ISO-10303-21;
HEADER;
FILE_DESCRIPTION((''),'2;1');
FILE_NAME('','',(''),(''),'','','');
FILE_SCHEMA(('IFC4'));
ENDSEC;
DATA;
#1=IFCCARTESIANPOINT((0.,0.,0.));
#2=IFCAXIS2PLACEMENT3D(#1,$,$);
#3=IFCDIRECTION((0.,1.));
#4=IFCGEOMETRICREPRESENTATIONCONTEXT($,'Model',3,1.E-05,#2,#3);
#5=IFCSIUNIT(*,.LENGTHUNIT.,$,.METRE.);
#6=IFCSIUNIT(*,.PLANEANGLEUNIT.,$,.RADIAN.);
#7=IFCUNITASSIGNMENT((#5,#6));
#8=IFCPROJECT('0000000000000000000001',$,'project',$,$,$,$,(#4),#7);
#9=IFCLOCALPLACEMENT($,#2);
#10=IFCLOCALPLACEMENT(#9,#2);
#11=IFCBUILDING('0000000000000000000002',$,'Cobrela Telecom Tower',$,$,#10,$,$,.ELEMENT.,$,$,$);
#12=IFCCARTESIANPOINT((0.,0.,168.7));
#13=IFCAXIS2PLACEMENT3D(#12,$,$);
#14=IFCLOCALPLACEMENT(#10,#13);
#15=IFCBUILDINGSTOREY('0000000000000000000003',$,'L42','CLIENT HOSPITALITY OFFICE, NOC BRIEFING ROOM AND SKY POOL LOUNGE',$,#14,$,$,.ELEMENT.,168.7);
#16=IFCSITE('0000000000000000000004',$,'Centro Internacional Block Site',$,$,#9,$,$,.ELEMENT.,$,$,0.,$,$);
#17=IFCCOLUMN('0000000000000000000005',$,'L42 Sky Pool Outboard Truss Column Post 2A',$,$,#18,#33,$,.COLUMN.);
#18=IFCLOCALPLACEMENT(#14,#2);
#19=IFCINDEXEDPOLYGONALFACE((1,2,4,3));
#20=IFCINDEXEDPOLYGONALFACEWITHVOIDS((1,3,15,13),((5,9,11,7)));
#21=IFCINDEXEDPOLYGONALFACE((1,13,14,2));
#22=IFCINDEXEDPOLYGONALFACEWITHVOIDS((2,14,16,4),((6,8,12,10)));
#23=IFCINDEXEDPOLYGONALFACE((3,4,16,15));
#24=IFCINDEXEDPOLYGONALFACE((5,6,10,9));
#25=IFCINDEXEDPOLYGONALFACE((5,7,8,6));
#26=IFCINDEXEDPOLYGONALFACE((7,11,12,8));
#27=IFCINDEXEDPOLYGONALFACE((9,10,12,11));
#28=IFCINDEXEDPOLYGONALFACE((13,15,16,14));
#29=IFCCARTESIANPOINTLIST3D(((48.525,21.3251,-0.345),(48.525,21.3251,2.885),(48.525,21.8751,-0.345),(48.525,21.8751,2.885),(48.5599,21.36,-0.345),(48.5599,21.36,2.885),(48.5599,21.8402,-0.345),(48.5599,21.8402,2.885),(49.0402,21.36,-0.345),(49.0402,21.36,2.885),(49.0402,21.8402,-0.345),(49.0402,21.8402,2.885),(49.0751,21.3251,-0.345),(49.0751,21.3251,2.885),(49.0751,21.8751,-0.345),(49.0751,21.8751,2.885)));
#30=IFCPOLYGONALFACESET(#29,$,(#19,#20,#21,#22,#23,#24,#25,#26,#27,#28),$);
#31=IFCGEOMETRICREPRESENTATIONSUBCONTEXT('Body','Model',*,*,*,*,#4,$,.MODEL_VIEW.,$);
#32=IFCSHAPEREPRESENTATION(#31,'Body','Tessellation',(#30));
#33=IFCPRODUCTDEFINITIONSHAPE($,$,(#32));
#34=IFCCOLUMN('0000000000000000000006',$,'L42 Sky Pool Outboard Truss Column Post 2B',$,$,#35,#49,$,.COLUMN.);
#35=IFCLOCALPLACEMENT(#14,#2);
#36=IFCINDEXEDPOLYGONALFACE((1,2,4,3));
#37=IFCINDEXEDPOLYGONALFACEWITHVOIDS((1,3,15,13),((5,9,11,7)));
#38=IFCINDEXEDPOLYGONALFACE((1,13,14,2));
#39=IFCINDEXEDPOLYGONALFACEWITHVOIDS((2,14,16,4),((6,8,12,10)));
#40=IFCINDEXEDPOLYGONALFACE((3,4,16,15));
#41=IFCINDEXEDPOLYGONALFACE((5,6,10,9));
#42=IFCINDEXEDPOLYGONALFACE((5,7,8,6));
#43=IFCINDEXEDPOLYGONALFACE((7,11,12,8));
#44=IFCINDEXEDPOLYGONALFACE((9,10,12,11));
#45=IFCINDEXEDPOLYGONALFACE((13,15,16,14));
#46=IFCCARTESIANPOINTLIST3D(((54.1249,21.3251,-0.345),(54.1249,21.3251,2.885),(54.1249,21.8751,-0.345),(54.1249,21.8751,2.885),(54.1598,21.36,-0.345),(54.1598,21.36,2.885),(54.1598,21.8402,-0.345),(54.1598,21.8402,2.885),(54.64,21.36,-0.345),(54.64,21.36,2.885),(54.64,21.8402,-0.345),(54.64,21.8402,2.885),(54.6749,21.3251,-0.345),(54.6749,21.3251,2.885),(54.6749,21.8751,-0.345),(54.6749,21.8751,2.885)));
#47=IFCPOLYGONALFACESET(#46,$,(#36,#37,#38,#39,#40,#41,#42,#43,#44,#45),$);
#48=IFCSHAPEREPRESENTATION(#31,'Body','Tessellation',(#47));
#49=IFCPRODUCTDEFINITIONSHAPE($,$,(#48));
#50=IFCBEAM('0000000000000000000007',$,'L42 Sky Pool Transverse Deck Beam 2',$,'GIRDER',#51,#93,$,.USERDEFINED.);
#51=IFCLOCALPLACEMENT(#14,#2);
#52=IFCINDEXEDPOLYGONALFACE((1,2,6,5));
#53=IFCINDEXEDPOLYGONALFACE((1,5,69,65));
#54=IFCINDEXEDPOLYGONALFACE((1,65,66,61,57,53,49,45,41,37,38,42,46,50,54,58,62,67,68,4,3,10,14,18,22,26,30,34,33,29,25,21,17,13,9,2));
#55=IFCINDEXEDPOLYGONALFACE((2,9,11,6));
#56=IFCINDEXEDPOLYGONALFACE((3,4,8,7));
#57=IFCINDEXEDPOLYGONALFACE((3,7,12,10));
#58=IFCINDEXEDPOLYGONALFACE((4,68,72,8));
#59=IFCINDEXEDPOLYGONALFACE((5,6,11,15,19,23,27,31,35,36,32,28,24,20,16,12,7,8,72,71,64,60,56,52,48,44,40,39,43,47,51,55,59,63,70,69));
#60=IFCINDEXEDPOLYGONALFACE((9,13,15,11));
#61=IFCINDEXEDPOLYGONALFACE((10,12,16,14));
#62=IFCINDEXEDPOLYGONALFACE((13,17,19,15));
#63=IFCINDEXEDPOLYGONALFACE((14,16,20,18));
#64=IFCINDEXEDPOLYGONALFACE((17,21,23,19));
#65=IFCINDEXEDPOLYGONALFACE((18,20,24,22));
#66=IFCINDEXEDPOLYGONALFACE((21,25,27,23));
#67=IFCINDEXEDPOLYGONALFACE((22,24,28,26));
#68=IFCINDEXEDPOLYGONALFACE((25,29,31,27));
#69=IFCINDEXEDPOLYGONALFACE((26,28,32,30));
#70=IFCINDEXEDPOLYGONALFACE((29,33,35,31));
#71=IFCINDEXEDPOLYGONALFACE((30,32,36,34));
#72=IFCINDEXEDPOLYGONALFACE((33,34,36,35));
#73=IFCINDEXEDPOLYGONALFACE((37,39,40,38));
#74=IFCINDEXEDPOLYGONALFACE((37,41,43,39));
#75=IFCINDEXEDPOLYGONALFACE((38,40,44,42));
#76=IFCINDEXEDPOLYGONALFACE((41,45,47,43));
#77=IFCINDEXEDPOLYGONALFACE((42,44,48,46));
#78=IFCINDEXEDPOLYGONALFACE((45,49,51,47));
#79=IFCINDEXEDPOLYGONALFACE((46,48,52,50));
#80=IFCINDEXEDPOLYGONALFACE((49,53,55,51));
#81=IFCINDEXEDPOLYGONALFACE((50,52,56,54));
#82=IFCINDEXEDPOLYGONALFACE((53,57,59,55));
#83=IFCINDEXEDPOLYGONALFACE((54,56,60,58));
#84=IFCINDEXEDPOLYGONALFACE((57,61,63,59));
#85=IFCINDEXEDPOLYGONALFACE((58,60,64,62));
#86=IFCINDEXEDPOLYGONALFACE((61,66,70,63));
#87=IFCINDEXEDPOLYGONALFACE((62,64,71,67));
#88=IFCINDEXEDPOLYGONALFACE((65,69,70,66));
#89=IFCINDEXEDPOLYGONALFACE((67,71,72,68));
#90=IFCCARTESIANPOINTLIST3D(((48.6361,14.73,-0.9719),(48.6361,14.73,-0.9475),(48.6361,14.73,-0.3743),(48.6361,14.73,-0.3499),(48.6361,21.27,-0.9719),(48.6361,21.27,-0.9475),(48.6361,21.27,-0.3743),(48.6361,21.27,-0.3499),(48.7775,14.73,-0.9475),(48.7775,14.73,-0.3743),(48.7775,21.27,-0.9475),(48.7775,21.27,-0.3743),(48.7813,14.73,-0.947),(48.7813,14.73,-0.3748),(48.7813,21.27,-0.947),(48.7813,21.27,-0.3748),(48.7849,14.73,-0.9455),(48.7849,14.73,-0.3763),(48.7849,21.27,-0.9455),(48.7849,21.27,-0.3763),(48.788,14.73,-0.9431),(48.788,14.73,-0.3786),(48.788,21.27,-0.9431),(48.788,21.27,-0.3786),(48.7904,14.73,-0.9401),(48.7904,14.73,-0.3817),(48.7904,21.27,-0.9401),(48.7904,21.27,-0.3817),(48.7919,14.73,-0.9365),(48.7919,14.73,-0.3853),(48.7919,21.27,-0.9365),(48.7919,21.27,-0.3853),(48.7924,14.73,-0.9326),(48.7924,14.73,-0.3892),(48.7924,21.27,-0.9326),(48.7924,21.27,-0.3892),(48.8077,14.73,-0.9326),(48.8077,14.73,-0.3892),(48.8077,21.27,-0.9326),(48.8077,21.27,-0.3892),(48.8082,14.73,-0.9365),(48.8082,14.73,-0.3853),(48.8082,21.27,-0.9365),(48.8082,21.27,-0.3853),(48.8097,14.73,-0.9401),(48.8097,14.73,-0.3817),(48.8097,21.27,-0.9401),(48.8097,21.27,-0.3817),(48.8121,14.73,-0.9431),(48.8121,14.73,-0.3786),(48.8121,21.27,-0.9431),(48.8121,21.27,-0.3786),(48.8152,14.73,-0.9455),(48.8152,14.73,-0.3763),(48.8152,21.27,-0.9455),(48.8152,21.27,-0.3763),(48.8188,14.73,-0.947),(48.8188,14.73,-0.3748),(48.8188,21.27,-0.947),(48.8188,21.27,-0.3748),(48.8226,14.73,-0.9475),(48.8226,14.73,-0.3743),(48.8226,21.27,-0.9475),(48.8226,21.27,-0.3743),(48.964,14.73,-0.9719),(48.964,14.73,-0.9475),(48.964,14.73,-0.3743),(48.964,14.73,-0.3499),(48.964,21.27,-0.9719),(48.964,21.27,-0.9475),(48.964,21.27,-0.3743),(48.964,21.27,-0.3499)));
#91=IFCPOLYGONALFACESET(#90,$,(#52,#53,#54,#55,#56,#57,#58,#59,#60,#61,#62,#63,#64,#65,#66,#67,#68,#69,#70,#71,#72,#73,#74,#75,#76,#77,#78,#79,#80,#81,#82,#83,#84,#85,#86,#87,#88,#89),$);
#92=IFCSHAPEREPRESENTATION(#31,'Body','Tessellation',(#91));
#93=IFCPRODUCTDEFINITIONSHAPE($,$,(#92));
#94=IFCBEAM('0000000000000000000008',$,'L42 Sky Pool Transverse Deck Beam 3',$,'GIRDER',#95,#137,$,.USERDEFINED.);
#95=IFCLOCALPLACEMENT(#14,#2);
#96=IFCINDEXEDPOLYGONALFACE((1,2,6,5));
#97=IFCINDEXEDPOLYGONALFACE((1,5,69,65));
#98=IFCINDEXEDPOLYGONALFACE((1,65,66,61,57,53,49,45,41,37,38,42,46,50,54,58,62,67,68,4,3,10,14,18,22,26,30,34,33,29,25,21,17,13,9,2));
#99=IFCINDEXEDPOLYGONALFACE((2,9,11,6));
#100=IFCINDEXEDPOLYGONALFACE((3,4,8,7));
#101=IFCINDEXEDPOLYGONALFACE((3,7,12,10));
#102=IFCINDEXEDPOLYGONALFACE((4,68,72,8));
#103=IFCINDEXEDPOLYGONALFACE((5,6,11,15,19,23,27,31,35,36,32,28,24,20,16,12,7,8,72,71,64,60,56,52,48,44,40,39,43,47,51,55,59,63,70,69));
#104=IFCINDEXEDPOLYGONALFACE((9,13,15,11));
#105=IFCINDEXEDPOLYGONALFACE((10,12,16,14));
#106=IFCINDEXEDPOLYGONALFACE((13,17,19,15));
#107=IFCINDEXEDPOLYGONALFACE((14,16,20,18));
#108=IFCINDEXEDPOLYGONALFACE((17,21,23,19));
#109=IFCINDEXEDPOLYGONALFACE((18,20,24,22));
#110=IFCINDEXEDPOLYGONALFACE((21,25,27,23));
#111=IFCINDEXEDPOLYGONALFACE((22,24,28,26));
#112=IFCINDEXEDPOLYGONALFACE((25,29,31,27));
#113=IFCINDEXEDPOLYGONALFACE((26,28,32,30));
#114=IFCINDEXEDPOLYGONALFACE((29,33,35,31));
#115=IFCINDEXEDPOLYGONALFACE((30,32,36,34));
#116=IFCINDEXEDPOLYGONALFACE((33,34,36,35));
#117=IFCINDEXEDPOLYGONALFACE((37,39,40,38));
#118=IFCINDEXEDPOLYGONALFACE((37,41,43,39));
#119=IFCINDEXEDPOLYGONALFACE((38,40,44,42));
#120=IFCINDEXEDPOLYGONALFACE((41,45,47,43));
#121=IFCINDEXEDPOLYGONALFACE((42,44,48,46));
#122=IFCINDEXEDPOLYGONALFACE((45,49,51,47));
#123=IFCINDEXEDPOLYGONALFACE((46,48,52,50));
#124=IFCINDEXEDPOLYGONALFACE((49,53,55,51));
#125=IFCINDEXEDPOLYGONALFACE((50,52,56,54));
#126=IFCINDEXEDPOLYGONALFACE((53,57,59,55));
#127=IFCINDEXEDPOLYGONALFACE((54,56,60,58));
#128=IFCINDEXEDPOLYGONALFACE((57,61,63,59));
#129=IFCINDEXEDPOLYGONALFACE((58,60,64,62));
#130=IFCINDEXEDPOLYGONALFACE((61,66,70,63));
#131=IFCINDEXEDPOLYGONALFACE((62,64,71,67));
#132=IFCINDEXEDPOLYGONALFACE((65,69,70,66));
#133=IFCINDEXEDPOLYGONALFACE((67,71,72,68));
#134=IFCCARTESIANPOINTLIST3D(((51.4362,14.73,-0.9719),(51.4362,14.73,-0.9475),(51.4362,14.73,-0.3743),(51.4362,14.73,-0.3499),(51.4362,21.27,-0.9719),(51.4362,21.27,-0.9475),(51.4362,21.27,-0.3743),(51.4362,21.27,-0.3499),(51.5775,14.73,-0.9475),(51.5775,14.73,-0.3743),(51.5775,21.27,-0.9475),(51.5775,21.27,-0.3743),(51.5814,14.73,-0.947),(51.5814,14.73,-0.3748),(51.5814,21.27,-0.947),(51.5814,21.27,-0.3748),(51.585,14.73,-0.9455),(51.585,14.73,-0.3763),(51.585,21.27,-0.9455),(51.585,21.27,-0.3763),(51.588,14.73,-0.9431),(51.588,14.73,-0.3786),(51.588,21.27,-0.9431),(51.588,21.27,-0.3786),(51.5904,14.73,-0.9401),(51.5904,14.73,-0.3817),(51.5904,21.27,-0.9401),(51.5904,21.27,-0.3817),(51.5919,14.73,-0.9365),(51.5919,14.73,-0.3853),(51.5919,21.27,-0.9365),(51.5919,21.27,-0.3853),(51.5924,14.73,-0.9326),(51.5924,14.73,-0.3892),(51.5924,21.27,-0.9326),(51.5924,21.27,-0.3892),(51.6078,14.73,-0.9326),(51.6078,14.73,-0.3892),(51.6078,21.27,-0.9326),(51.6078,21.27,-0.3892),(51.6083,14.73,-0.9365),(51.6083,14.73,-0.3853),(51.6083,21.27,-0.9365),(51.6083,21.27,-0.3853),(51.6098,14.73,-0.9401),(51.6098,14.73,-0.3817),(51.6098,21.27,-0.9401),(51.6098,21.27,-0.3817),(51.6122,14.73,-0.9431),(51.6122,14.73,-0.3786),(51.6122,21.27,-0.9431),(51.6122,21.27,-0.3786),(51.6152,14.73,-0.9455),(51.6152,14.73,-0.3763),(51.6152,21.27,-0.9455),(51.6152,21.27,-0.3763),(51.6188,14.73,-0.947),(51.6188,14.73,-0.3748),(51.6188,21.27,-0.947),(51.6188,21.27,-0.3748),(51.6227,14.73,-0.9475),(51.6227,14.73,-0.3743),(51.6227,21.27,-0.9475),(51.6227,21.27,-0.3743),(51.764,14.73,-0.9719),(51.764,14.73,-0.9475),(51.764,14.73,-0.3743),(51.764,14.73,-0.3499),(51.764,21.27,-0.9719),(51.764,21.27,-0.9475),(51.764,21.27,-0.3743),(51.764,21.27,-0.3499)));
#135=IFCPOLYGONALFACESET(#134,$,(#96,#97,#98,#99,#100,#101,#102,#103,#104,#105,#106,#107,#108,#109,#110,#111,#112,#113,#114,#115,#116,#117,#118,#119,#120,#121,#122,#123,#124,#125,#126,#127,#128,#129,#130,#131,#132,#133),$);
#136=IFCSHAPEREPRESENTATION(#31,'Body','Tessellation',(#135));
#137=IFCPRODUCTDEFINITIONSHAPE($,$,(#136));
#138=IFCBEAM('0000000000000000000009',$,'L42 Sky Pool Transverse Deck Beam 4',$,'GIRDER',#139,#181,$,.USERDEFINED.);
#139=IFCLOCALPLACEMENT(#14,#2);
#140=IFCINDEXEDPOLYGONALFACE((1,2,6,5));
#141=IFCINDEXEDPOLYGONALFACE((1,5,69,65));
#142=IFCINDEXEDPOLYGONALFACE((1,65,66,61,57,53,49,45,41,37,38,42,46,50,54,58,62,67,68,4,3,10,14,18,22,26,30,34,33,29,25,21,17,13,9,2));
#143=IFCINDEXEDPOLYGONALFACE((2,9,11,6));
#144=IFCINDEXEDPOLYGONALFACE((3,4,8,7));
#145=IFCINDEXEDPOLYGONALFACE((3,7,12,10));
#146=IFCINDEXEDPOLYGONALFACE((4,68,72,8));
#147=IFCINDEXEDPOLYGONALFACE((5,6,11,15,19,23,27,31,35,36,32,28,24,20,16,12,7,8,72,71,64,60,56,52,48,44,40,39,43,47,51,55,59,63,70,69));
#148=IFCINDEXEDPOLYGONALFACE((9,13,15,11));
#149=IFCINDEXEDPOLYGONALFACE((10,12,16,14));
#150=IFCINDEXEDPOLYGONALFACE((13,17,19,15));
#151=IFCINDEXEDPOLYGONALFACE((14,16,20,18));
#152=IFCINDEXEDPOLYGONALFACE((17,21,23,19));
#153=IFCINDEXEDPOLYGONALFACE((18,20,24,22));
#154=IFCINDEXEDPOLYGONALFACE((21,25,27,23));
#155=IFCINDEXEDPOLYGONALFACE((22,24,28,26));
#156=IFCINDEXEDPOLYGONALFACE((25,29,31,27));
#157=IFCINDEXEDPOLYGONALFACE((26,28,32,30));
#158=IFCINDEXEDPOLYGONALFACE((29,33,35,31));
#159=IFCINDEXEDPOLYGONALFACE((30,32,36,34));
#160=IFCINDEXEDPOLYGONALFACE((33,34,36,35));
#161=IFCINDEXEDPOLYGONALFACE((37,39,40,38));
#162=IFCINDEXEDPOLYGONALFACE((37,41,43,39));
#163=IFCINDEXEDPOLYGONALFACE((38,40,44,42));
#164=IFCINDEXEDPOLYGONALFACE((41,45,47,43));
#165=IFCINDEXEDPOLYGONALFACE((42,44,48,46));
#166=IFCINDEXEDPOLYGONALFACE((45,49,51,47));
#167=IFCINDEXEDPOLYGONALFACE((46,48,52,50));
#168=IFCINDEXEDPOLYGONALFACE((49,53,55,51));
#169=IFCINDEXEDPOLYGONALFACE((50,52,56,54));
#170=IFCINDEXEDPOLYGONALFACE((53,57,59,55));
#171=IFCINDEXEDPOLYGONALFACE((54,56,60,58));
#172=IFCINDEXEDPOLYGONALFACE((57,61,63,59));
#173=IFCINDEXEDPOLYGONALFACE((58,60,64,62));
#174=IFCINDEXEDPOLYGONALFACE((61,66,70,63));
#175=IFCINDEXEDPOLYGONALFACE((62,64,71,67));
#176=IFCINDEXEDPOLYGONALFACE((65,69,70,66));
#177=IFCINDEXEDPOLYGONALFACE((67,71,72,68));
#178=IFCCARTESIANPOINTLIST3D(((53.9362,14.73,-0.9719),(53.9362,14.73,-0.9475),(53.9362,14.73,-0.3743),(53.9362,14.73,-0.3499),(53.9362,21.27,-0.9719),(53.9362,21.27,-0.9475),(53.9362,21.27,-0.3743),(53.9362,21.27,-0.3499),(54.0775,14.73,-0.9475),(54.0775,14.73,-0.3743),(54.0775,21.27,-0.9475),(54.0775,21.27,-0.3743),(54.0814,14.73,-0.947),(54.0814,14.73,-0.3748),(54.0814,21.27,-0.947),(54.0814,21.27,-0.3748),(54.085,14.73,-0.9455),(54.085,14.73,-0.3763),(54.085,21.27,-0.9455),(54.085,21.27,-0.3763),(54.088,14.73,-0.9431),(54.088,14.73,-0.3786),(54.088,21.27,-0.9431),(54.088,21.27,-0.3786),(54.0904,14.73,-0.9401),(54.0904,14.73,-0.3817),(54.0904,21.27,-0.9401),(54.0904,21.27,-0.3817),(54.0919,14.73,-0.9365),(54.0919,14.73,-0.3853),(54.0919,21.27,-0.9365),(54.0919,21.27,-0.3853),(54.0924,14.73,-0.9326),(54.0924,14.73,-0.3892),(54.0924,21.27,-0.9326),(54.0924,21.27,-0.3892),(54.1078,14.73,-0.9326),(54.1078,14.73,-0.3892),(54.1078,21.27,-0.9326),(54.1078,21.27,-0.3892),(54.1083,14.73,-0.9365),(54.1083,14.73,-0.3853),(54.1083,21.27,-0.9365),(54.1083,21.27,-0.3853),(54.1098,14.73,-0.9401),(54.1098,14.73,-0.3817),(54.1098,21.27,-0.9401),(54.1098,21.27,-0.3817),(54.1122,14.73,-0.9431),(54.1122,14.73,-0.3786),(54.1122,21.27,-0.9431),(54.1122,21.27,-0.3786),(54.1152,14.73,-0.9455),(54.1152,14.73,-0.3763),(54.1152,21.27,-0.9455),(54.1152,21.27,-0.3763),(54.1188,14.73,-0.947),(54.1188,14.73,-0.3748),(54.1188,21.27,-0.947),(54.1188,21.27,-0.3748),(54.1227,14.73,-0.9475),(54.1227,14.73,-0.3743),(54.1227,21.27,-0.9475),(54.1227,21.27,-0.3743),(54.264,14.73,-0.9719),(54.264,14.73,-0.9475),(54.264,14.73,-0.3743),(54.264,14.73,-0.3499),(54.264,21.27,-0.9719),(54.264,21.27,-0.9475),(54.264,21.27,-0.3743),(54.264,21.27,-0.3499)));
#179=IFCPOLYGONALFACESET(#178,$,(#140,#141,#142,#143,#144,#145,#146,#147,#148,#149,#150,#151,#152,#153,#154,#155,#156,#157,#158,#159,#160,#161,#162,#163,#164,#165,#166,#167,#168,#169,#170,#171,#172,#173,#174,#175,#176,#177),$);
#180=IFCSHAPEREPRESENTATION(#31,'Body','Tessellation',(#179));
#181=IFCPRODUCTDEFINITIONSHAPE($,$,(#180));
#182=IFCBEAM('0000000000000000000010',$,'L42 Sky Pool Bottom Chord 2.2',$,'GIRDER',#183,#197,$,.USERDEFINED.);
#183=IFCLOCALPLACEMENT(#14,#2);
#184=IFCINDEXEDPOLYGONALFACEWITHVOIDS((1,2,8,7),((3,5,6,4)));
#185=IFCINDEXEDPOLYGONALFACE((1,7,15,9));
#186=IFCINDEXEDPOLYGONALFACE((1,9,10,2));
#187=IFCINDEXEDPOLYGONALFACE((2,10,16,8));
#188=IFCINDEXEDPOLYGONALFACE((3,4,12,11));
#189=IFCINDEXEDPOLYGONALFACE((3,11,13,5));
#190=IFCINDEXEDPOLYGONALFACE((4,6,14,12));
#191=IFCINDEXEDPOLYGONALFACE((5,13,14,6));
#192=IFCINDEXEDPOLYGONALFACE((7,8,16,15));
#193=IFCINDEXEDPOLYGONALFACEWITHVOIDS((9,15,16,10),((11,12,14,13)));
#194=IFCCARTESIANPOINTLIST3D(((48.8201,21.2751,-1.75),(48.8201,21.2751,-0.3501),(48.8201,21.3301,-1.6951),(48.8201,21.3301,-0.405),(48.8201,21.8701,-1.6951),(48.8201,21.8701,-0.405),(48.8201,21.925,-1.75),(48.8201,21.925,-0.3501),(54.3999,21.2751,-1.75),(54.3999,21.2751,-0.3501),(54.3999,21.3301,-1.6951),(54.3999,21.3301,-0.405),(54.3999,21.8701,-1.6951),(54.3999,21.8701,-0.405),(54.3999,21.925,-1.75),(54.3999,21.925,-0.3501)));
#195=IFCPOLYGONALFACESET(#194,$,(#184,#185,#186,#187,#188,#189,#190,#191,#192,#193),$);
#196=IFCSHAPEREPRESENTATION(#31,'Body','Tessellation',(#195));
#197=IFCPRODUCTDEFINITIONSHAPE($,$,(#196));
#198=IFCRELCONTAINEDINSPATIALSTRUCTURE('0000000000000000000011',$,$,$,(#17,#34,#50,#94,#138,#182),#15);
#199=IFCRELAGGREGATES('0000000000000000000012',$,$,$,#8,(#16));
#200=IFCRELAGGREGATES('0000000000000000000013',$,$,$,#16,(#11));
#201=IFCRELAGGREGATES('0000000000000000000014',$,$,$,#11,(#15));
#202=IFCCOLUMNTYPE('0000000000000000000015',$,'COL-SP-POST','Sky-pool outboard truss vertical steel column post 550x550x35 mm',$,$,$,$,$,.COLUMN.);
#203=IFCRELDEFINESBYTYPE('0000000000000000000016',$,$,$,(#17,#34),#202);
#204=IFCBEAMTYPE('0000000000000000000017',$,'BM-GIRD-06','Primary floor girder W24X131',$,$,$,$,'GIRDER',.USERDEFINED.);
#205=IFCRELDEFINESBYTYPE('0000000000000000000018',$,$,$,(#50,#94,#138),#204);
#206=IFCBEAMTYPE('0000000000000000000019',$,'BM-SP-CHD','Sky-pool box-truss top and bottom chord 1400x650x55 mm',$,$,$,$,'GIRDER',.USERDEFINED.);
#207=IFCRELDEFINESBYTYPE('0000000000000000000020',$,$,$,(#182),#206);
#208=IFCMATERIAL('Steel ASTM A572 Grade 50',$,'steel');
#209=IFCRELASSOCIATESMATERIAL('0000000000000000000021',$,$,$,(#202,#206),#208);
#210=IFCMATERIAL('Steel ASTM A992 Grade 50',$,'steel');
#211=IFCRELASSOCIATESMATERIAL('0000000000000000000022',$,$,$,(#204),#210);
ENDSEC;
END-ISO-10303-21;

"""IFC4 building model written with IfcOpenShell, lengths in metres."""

from ifc_helpers import new_model, si_unit, direction, frame, origin, origin_2d, place, context, subcontext, project, spatial, hollow_rectangle, i_section, extrude, material, material_profile, profile_set, type_object, element, save


model = new_model("IFC4")

# Units and contexts
model_context = context("Model", 3, precision=1e-05, world=origin(), true_north=direction((0.0, 1.0)))
body_context = subcontext(model_context, "Body", "Model", "MODEL_VIEW")
ifc_project = project(units=[si_unit("LENGTHUNIT", "METRE"), si_unit("PLANEANGLEUNIT", "RADIAN")], contexts=[model_context])

# Site, building, storey
site_placement = place(None, origin())
site = spatial("IfcSite", under=ifc_project, at=site_placement, Name="Centro Internacional Block Site", CompositionType="ELEMENT", RefElevation=0.0)
building_placement = place(site_placement, origin())
building = spatial("IfcBuilding", under=site, at=building_placement, Name="Cobrela Telecom Tower", CompositionType="ELEMENT")
storey_placement = place(building_placement, frame((0.0, 0.0, 168.7)))
storey = spatial("IfcBuildingStorey", under=building, at=storey_placement, Name="L42", Description="CLIENT HOSPITALITY OFFICE, NOC BRIEFING ROOM AND SKY POOL LOUNGE", CompositionType="ELEMENT", Elevation=168.7)

# Columns
ifc_material_1 = material(Name="Steel ASTM A572 Grade 50", Category="steel")
ifc_material_profile_1 = material_profile(ifc_material_1, hollow_rectangle(XDim=0.55, YDim=0.55, WallThickness=0.0349, at=origin_2d()), Name="BOX 550x550x35")
ifc_profile_set_1 = profile_set([ifc_material_profile_1], Name="Steel ASTM A572 Grade 50")
column_type = type_object("IfcColumnType", Name="COL-SP-POST", Description="Sky-pool outboard truss vertical steel column post 550x550x35 mm", PredefinedType="COLUMN", material=ifc_profile_set_1)
for number, where, z_axis, x_axis, name in (
    (1, (48.8, 21.6001, -0.345), (0.0, 0.0, 1.0), (1.0, 0.0, 0.0), "L42 Sky Pool Outboard Truss Column Post 2A"),
    (2, (54.3999, 21.6001, -0.345), (0.0, 0.0, 1.0), (1.0, 0.0, 0.0), "L42 Sky Pool Outboard Truss Column Post 2B"),
):
    element("IfcColumn", number, at=place(storey_placement, frame(where, z_axis=z_axis, x_axis=x_axis)), inside=storey, type_object=column_type, Name=name, PredefinedType="COLUMN", context=body_context, shape_type="SweptSolid", body=[
        extrude(hollow_rectangle(XDim=0.55, YDim=0.55, WallThickness=0.0349, at=origin_2d()), origin(), (0.0, 0.0, 1.0), 3.23),
    ])

# Beams
ifc_material_2 = material(Name="Steel ASTM A992 Grade 50", Category="steel")
ifc_material_profile_2 = material_profile(ifc_material_2, i_section(OverallWidth=0.3279, OverallDepth=0.6221, WebThickness=0.0154, FlangeThickness=0.0244, FilletRadius=0.0149, at=origin_2d()), Name="W24X131")
ifc_profile_set_2 = profile_set([ifc_material_profile_2], Name="Steel ASTM A992 Grade 50")
beam_type_1 = type_object("IfcBeamType", Name="BM-GIRD-06", Description="Primary floor girder W24X131", ElementType="GIRDER", PredefinedType="USERDEFINED", material=ifc_profile_set_2)
for number, where, z_axis, x_axis, name in (
    (3, (48.8, 14.73, -0.6609), (0.0, 1.0, 0.0), (-1.0, 0.0, 0.0), "L42 Sky Pool Transverse Deck Beam 2"),
    (4, (51.6001, 14.73, -0.6609), (0.0, 1.0, 0.0), (-1.0, 0.0, 0.0), "L42 Sky Pool Transverse Deck Beam 3"),
    (5, (54.1001, 14.73, -0.6609), (0.0, 1.0, 0.0), (-1.0, 0.0, 0.0), "L42 Sky Pool Transverse Deck Beam 4"),
):
    element("IfcBeam", number, at=place(storey_placement, frame(where, z_axis=z_axis, x_axis=x_axis)), inside=storey, type_object=beam_type_1, Name=name, ObjectType="GIRDER", PredefinedType="USERDEFINED", context=body_context, shape_type="SweptSolid", body=[
        extrude(i_section(OverallWidth=0.3279, OverallDepth=0.6221, WebThickness=0.0154, FlangeThickness=0.0244, FilletRadius=0.0149, at=origin_2d()), origin(), (0.0, 0.0, 1.0), 6.54),
    ])
ifc_material_profile_3 = material_profile(ifc_material_1, hollow_rectangle(XDim=0.6499, YDim=1.3999, WallThickness=0.0549, at=origin_2d()), Name="BOX 1400x650x55")
ifc_profile_set_3 = profile_set([ifc_material_profile_3], Name="Steel ASTM A572 Grade 50")
beam_type_2 = type_object("IfcBeamType", Name="BM-SP-CHD", Description="Sky-pool box-truss top and bottom chord 1400x650x55 mm", ElementType="GIRDER", PredefinedType="USERDEFINED", material=ifc_profile_set_3)
beam_1_placement = place(storey_placement, frame((48.8201, 21.6001, -1.05), z_axis=(1.0, 0.0, 0.0), x_axis=(0.0, 1.0, 0.0)))
element("IfcBeam", 6, at=beam_1_placement, inside=storey, type_object=beam_type_2, Name="L42 Sky Pool Bottom Chord 2.2", ObjectType="GIRDER", PredefinedType="USERDEFINED", context=body_context, shape_type="SweptSolid", body=[
    extrude(hollow_rectangle(XDim=0.6499, YDim=1.3999, WallThickness=0.0549, at=origin_2d()), origin(), (0.0, 0.0, 1.0), 5.5798),
])

save(model, "model.ifc")
